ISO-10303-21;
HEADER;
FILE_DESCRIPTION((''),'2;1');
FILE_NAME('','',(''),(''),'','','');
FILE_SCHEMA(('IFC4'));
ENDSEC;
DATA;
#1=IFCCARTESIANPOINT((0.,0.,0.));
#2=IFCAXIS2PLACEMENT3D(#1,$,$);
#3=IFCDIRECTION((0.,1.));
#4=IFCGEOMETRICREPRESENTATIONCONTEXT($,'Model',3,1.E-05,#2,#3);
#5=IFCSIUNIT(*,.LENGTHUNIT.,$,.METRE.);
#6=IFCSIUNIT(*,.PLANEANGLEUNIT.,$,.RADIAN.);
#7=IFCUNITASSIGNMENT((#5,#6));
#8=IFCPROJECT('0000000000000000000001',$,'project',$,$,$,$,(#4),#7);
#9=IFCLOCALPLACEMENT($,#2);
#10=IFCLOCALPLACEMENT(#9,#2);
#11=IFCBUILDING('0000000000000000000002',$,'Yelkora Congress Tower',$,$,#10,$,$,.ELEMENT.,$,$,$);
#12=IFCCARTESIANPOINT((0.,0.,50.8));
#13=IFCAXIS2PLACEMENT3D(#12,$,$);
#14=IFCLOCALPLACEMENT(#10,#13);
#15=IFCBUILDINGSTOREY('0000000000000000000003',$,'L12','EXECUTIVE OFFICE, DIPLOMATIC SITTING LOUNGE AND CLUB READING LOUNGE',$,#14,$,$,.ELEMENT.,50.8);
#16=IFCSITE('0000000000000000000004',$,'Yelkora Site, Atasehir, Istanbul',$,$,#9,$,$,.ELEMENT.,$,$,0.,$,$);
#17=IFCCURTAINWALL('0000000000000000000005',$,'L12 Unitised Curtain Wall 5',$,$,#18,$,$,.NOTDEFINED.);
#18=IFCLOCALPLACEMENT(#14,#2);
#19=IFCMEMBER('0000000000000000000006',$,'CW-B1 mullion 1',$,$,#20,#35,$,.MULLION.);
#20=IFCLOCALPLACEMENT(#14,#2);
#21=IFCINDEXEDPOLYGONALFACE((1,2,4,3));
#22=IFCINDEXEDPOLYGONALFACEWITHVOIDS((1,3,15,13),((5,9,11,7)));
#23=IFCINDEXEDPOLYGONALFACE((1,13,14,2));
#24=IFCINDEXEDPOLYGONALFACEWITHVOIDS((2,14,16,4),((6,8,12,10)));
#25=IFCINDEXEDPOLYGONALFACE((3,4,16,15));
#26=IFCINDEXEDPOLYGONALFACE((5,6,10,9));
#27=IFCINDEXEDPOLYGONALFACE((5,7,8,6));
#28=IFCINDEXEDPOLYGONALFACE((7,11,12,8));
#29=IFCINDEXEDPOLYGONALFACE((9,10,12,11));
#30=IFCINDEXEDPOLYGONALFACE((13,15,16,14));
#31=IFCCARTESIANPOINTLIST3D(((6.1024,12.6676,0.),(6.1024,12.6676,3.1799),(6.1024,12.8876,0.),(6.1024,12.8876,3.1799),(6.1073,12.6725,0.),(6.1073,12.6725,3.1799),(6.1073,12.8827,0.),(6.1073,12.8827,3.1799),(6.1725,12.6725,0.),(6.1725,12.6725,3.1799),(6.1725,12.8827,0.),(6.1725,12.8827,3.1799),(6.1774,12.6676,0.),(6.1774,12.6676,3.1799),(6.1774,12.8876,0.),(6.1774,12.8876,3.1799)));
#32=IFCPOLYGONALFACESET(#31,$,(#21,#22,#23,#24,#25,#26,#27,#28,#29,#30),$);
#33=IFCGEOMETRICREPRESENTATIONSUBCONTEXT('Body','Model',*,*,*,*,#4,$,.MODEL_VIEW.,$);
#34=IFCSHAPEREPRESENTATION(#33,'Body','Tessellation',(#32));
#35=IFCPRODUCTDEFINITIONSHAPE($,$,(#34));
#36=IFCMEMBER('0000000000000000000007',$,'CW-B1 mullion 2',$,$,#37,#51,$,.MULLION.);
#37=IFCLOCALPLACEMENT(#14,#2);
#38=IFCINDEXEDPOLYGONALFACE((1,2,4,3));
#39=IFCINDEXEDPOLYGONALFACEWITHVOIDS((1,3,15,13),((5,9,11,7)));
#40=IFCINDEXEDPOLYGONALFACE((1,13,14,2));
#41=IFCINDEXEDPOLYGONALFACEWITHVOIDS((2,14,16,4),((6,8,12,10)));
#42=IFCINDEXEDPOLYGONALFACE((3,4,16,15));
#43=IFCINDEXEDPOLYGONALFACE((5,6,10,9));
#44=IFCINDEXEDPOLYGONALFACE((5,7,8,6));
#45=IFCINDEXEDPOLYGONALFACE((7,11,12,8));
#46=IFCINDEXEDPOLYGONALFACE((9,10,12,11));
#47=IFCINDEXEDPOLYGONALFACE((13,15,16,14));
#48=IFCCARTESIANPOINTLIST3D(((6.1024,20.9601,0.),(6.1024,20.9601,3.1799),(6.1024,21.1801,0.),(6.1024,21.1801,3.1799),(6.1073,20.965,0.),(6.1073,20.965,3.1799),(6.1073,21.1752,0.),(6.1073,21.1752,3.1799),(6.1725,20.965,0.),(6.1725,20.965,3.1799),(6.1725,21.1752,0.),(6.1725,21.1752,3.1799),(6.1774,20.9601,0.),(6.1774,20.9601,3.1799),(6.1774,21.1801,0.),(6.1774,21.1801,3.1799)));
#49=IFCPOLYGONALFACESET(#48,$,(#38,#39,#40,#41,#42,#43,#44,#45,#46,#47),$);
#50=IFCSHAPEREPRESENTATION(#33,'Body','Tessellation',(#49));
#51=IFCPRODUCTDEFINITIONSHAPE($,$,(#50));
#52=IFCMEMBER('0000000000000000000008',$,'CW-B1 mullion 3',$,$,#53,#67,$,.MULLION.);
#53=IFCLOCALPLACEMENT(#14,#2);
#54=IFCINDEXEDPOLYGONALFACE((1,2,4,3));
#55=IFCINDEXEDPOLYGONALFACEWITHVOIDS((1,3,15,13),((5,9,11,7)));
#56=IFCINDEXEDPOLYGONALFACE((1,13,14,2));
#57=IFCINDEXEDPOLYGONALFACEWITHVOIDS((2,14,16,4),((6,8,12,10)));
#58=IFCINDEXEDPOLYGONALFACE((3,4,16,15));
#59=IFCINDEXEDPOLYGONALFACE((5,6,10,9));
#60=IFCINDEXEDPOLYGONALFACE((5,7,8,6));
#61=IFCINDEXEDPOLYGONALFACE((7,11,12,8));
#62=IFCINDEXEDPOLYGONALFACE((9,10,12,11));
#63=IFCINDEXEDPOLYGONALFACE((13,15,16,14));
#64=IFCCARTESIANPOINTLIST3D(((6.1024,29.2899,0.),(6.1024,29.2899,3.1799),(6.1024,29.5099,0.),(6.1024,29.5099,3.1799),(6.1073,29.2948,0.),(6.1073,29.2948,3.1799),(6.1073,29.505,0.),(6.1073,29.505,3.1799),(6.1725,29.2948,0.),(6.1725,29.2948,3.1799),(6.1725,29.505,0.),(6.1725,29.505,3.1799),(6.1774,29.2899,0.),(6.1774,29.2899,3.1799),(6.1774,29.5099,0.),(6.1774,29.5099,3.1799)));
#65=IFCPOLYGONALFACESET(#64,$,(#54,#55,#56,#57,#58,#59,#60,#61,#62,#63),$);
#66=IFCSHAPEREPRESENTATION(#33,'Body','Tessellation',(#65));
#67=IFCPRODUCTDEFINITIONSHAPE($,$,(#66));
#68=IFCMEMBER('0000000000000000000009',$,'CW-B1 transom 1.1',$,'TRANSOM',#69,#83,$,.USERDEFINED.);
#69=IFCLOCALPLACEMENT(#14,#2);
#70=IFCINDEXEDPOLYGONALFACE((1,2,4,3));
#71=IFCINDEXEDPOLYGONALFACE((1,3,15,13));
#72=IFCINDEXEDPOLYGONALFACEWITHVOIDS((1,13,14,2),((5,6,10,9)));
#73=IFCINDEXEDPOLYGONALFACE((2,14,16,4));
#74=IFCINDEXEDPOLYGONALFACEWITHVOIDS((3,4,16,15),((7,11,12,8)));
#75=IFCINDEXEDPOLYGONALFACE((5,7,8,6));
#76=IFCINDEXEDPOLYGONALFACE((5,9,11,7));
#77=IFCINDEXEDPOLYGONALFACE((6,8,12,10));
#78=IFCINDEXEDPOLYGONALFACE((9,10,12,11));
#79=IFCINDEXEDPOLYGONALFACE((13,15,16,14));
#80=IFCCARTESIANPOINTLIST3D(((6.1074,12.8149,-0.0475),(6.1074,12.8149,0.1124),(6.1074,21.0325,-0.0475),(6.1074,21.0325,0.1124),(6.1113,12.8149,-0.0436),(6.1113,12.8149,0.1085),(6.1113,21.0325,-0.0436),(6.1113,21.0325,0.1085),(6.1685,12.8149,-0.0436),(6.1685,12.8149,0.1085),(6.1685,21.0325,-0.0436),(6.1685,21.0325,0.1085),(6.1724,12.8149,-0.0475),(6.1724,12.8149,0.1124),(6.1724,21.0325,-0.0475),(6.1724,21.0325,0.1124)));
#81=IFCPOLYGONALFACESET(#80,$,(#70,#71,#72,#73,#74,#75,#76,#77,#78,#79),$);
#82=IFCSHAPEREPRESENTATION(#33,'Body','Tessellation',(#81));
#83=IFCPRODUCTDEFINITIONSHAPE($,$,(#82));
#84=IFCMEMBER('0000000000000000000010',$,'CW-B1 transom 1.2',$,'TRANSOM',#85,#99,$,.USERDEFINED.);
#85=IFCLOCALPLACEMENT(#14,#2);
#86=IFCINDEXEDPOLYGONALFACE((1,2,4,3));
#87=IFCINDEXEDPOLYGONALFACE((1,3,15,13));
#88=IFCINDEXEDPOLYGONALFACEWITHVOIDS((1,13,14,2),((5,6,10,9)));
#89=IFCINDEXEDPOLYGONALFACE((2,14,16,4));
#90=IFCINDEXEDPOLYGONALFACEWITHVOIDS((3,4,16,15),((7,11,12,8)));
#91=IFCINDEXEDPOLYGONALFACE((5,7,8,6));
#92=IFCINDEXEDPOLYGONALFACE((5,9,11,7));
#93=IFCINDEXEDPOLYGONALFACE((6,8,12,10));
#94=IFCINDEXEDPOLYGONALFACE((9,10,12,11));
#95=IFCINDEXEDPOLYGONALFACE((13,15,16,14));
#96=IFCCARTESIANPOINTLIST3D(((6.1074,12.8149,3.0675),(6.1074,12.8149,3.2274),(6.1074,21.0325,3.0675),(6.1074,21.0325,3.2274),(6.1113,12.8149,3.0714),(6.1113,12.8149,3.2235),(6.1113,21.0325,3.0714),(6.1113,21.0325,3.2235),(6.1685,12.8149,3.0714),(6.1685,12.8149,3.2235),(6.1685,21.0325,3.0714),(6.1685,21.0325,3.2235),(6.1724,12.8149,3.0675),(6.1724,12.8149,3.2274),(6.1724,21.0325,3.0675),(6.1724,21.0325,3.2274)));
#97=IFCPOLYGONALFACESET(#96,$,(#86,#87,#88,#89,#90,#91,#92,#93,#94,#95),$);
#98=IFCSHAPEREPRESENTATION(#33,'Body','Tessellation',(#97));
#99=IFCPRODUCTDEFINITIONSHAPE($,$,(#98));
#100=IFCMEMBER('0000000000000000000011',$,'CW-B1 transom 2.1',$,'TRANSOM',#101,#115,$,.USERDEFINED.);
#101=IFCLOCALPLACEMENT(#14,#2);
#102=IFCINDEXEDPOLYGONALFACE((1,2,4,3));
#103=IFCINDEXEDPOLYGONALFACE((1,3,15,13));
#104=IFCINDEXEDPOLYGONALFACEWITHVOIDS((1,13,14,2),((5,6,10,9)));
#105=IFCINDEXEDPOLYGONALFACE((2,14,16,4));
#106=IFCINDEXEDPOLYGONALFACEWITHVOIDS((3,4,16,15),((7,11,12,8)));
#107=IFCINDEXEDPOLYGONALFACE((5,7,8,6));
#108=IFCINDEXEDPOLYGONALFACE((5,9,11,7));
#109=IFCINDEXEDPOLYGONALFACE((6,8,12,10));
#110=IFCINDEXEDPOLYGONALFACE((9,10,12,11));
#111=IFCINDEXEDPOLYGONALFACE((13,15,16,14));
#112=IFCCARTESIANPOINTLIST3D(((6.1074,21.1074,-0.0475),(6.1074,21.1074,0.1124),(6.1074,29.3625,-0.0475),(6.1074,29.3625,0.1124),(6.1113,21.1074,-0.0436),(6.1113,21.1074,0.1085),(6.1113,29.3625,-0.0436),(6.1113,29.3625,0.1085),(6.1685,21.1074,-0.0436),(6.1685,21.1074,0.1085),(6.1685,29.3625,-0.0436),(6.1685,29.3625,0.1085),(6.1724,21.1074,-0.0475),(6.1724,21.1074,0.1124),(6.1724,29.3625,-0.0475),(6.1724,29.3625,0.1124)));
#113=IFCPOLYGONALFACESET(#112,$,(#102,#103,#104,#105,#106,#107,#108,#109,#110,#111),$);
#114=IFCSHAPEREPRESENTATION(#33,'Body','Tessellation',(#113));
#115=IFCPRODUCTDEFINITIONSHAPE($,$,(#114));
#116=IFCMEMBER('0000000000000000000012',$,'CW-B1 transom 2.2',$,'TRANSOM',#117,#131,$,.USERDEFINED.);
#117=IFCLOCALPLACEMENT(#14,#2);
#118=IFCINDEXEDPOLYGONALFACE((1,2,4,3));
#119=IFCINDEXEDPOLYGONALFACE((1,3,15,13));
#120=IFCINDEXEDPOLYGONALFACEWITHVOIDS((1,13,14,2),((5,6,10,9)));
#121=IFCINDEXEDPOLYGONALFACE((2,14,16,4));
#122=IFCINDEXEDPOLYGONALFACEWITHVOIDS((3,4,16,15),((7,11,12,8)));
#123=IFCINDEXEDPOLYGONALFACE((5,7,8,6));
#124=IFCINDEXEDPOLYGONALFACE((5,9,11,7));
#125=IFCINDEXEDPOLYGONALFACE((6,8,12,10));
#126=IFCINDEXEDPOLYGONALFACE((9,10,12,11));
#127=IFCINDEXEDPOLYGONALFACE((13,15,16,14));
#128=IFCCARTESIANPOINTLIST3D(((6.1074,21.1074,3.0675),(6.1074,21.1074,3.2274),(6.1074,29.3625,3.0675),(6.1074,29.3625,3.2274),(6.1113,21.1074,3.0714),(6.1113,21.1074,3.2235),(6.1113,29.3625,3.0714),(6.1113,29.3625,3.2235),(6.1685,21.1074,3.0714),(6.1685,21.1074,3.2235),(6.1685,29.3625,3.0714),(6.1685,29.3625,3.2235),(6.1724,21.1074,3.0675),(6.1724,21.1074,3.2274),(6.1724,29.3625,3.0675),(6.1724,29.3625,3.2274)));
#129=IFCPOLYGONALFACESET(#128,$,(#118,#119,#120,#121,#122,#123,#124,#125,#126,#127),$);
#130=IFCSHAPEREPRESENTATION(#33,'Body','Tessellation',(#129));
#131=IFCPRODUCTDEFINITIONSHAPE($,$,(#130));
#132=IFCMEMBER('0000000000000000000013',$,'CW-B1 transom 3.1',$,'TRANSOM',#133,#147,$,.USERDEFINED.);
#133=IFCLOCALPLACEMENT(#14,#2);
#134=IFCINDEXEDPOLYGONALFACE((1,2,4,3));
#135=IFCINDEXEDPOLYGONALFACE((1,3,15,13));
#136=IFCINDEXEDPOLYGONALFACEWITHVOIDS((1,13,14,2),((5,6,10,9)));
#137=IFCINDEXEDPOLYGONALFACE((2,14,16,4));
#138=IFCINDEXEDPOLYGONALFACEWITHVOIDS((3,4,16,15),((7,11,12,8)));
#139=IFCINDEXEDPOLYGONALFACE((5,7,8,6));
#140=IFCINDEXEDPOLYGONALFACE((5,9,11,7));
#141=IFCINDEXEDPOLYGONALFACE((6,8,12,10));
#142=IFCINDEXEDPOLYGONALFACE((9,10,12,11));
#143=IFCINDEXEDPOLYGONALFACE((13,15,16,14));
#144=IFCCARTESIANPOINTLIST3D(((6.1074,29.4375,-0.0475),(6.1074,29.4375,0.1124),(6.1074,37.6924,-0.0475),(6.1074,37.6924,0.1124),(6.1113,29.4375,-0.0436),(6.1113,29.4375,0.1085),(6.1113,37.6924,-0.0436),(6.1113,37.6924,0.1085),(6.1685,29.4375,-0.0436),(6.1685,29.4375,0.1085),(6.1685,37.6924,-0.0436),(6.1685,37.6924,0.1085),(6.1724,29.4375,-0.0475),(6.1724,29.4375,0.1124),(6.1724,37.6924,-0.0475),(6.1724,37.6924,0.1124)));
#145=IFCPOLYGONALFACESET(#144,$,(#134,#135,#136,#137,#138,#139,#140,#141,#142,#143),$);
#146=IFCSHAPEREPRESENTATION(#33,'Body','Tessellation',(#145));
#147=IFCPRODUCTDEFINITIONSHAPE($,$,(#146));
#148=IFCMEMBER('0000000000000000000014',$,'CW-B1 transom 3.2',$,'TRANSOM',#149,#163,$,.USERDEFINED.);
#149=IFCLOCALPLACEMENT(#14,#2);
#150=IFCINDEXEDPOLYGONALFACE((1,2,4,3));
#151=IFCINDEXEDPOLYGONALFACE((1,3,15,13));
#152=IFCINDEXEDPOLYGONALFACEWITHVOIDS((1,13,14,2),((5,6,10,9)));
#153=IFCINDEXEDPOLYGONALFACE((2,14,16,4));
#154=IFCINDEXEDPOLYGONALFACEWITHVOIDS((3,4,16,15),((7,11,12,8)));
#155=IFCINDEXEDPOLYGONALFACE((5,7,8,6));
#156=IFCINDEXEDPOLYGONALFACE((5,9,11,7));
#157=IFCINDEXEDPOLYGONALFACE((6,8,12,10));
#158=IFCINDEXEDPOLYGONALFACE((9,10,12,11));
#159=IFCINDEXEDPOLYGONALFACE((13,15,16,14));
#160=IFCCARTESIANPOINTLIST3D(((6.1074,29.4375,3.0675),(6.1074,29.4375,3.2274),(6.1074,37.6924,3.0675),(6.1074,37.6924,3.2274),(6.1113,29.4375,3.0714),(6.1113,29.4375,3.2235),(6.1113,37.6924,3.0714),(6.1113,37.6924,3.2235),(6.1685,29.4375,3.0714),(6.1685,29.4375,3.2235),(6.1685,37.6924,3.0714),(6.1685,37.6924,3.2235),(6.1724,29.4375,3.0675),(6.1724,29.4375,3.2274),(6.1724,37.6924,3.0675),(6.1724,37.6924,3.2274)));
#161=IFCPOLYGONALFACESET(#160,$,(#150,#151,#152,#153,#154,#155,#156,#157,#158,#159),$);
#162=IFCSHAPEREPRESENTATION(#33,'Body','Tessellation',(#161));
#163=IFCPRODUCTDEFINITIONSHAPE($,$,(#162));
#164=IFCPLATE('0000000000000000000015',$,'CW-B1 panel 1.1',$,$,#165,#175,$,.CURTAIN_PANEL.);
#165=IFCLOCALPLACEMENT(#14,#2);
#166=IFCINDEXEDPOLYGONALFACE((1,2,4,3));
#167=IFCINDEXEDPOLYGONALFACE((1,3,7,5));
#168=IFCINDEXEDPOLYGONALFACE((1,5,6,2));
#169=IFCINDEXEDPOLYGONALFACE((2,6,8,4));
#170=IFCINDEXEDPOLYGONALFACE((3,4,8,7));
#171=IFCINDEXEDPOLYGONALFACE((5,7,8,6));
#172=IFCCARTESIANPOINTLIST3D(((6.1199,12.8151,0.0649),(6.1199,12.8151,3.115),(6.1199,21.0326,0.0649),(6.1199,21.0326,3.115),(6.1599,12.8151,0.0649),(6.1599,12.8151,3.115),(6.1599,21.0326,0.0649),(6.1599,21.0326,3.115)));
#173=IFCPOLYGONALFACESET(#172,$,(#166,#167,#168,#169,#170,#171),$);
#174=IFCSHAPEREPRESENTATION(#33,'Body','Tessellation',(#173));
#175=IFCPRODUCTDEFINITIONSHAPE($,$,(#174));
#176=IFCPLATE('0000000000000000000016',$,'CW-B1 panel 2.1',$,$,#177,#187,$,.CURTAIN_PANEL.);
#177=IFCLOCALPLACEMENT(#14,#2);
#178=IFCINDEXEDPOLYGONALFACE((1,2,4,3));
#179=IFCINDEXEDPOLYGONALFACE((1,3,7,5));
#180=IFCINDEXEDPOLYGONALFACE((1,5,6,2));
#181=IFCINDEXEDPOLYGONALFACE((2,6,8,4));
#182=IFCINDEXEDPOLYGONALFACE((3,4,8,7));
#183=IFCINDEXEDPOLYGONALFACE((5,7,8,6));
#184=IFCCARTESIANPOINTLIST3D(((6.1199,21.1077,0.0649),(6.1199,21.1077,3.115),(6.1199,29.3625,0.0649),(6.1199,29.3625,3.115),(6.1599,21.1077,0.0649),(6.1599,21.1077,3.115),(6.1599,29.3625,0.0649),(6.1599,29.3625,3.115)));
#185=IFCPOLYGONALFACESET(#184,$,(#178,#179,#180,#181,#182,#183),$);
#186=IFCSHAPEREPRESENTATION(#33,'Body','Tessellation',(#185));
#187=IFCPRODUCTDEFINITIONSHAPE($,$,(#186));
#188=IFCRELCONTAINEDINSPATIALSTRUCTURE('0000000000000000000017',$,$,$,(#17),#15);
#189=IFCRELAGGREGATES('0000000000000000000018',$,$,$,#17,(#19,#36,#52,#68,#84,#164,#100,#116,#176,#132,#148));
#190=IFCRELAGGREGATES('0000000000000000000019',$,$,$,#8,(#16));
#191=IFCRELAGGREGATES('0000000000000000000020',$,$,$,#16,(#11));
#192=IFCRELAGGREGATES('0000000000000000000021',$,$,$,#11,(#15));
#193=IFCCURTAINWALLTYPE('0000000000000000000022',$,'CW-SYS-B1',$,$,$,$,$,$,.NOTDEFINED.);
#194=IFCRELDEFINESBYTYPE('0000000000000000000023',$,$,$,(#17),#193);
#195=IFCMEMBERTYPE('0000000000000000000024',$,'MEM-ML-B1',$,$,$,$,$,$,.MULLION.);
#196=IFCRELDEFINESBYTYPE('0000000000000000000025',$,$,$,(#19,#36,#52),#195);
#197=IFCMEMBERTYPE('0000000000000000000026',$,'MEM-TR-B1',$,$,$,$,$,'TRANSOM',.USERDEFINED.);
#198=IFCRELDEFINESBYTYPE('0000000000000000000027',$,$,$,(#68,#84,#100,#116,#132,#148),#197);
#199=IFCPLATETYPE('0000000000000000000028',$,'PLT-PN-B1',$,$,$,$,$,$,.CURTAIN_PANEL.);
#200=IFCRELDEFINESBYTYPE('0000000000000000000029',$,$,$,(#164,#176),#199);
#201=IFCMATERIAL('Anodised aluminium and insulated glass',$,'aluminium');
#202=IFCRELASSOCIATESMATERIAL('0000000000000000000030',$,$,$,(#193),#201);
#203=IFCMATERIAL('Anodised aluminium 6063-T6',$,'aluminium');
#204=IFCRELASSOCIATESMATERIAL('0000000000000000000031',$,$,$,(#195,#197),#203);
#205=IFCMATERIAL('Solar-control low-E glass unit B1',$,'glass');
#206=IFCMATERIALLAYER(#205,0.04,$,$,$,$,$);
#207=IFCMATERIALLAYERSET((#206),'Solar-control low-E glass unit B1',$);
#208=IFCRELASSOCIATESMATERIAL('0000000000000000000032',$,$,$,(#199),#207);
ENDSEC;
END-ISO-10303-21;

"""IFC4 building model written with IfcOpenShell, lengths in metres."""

from ifc_helpers import new_model, si_unit, direction, frame, origin, origin_2d, place, context, subcontext, project, spatial, rectangle, hollow_rectangle, extrude, material, layer, layer_set, material_profile, profile_set, type_object, element, aggregate, save


model = new_model("IFC4")

# Units and contexts
model_context = context("Model", 3, precision=1e-05, world=origin(), true_north=direction((0.0, 1.0)))
body_context = subcontext(model_context, "Body", "Model", "MODEL_VIEW")
ifc_project = project(units=[si_unit("LENGTHUNIT", "METRE"), si_unit("PLANEANGLEUNIT", "RADIAN")], contexts=[model_context])

# Site, building, storey
site_placement = place(None, origin())
site = spatial("IfcSite", under=ifc_project, at=site_placement, Name="Yelkora Site, Atasehir, Istanbul", CompositionType="ELEMENT", RefElevation=0.0)
building_placement = place(site_placement, origin())
building = spatial("IfcBuilding", under=site, at=building_placement, Name="Yelkora Congress Tower", CompositionType="ELEMENT")
storey_placement = place(building_placement, frame((0.0, 0.0, 50.8)))
storey = spatial("IfcBuildingStorey", under=building, at=storey_placement, Name="L12", Description="EXECUTIVE OFFICE, DIPLOMATIC SITTING LOUNGE AND CLUB READING LOUNGE", CompositionType="ELEMENT", Elevation=50.8)

# Curtain wall, members, plates
ifc_material_1 = material(Name="Anodised aluminium and insulated glass", Category="aluminium")
curtain_wall_type = type_object("IfcCurtainWallType", Name="CW-SYS-B1", PredefinedType="NOTDEFINED", material=ifc_material_1)
curtain_wall_placement = place(storey_placement, origin())
curtain_wall = element("IfcCurtainWall", 1, at=curtain_wall_placement, inside=storey, type_object=curtain_wall_type, Name="L12 Unitised Curtain Wall 5", PredefinedType="NOTDEFINED")
ifc_material_2 = material(Name="Anodised aluminium 6063-T6", Category="aluminium")
ifc_material_profile_1 = material_profile(ifc_material_2, hollow_rectangle(XDim=0.075, YDim=0.22, WallThickness=0.0049, at=origin_2d()), Name="ALU 75x220x5")
ifc_profile_set_1 = profile_set([ifc_material_profile_1], Name="Anodised aluminium 6063-T6")
member_type_1 = type_object("IfcMemberType", Name="MEM-ML-B1", PredefinedType="MULLION", material=ifc_profile_set_1)
member_1_placement = place(storey_placement, frame((6.1399, 12.7776, 0.0), z_axis=(0.0, 0.0, 1.0), x_axis=(-1.0, 0.0, 0.0)))
member_1 = element("IfcMember", 2, at=member_1_placement, type_object=member_type_1, Name="CW-B1 mullion 1", PredefinedType="MULLION", context=body_context, shape_type="SweptSolid", body=[
    extrude(hollow_rectangle(XDim=0.075, YDim=0.22, WallThickness=0.0049, at=origin_2d()), origin(), (0.0, 0.0, 1.0), 3.1799),
])
member_2_placement = place(storey_placement, frame((6.1399, 21.0701, 0.0), z_axis=(0.0, 0.0, 1.0), x_axis=(-1.0, 0.0, 0.0)))
member_2 = element("IfcMember", 3, at=member_2_placement, type_object=member_type_1, Name="CW-B1 mullion 2", PredefinedType="MULLION", context=body_context, shape_type="SweptSolid", body=[
    extrude(hollow_rectangle(XDim=0.075, YDim=0.22, WallThickness=0.0049, at=origin_2d()), origin(), (0.0, 0.0, 1.0), 3.1799),
])
member_3_placement = place(storey_placement, frame((6.1399, 29.3999, 0.0), z_axis=(0.0, 0.0, 1.0), x_axis=(-1.0, 0.0, 0.0)))
member_3 = element("IfcMember", 4, at=member_3_placement, type_object=member_type_1, Name="CW-B1 mullion 3", PredefinedType="MULLION", context=body_context, shape_type="SweptSolid", body=[
    extrude(hollow_rectangle(XDim=0.075, YDim=0.22, WallThickness=0.0049, at=origin_2d()), origin(), (0.0, 0.0, 1.0), 3.1799),
])
ifc_material_profile_2 = material_profile(ifc_material_2, hollow_rectangle(XDim=0.0649, YDim=0.1599, WallThickness=0.0039, at=origin_2d()), Name="ALU 65x160x4")
ifc_profile_set_2 = profile_set([ifc_material_profile_2], Name="Anodised aluminium 6063-T6")
member_type_2 = type_object("IfcMemberType", Name="MEM-TR-B1", ElementType="TRANSOM", PredefinedType="USERDEFINED", material=ifc_profile_set_2)
member_4_placement = place(storey_placement, frame((6.1399, 12.8149, 0.0325), z_axis=(0.0, 1.0, 0.0), x_axis=(-1.0, 0.0, 0.0)))
member_4 = element("IfcMember", 5, at=member_4_placement, type_object=member_type_2, Name="CW-B1 transom 1.1", ObjectType="TRANSOM", PredefinedType="USERDEFINED", context=body_context, shape_type="SweptSolid", body=[
    extrude(hollow_rectangle(XDim=0.0649, YDim=0.1599, WallThickness=0.0039, at=origin_2d()), origin(), (0.0, 0.0, 1.0), 8.2175),
])
member_5_placement = place(storey_placement, frame((6.1399, 12.8149, 3.1475), z_axis=(0.0, 1.0, 0.0), x_axis=(-1.0, 0.0, 0.0)))
member_5 = element("IfcMember", 6, at=member_5_placement, type_object=member_type_2, Name="CW-B1 transom 1.2", ObjectType="TRANSOM", PredefinedType="USERDEFINED", context=body_context, shape_type="SweptSolid", body=[
    extrude(hollow_rectangle(XDim=0.0649, YDim=0.1599, WallThickness=0.0039, at=origin_2d()), origin(), (0.0, 0.0, 1.0), 8.2175),
])
member_6_placement = place(storey_placement, frame((6.1399, 21.1074, 0.0325), z_axis=(0.0, 1.0, 0.0), x_axis=(-1.0, 0.0, 0.0)))
member_6 = element("IfcMember", 7, at=member_6_placement, type_object=member_type_2, Name="CW-B1 transom 2.1", ObjectType="TRANSOM", PredefinedType="USERDEFINED", context=body_context, shape_type="SweptSolid", body=[
    extrude(hollow_rectangle(XDim=0.0649, YDim=0.1599, WallThickness=0.0039, at=origin_2d()), origin(), (0.0, 0.0, 1.0), 8.2551),
])
member_7_placement = place(storey_placement, frame((6.1399, 21.1074, 3.1475), z_axis=(0.0, 1.0, 0.0), x_axis=(-1.0, 0.0, 0.0)))
member_7 = element("IfcMember", 8, at=member_7_placement, type_object=member_type_2, Name="CW-B1 transom 2.2", ObjectType="TRANSOM", PredefinedType="USERDEFINED", context=body_context, shape_type="SweptSolid", body=[
    extrude(hollow_rectangle(XDim=0.0649, YDim=0.1599, WallThickness=0.0039, at=origin_2d()), origin(), (0.0, 0.0, 1.0), 8.2551),
])
member_8_placement = place(storey_placement, frame((6.1399, 29.4375, 0.0325), z_axis=(0.0, 1.0, 0.0), x_axis=(-1.0, 0.0, 0.0)))
member_8 = element("IfcMember", 9, at=member_8_placement, type_object=member_type_2, Name="CW-B1 transom 3.1", ObjectType="TRANSOM", PredefinedType="USERDEFINED", context=body_context, shape_type="SweptSolid", body=[
    extrude(hollow_rectangle(XDim=0.0649, YDim=0.1599, WallThickness=0.0039, at=origin_2d()), origin(), (0.0, 0.0, 1.0), 8.2549),
])
member_9_placement = place(storey_placement, frame((6.1399, 29.4375, 3.1475), z_axis=(0.0, 1.0, 0.0), x_axis=(-1.0, 0.0, 0.0)))
member_9 = element("IfcMember", 10, at=member_9_placement, type_object=member_type_2, Name="CW-B1 transom 3.2", ObjectType="TRANSOM", PredefinedType="USERDEFINED", context=body_context, shape_type="SweptSolid", body=[
    extrude(hollow_rectangle(XDim=0.0649, YDim=0.1599, WallThickness=0.0039, at=origin_2d()), origin(), (0.0, 0.0, 1.0), 8.2549),
])
ifc_material_3 = material(Name="Solar-control low-E glass unit B1", Category="glass")
ifc_layer_1 = layer(ifc_material_3, 0.04)
ifc_layer_set_1 = layer_set([ifc_layer_1], Name="Solar-control low-E glass unit B1")
plate_type = type_object("IfcPlateType", Name="PLT-PN-B1", PredefinedType="CURTAIN_PANEL", material=ifc_layer_set_1)
plate_1_placement = place(storey_placement, frame((6.1399, 16.9238, 0.0649), z_axis=(0.0, 0.0, 1.0), x_axis=(0.0, 1.0, 0.0)))
plate_1 = element("IfcPlate", 11, at=plate_1_placement, type_object=plate_type, Name="CW-B1 panel 1.1", PredefinedType="CURTAIN_PANEL", context=body_context, shape_type="SweptSolid", body=[
    extrude(rectangle(XDim=8.2175, YDim=0.04, at=origin_2d()), origin(), (0.0, 0.0, 1.0), 3.05),
])
plate_2_placement = place(storey_placement, frame((6.1399, 25.2351, 0.0649), z_axis=(0.0, 0.0, 1.0), x_axis=(0.0, 1.0, 0.0)))
plate_2 = element("IfcPlate", 12, at=plate_2_placement, type_object=plate_type, Name="CW-B1 panel 2.1", PredefinedType="CURTAIN_PANEL", context=body_context, shape_type="SweptSolid", body=[
    extrude(rectangle(XDim=8.2549, YDim=0.04, at=origin_2d()), origin(), (0.0, 0.0, 1.0), 3.05),
])
aggregate(curtain_wall, [member_1, member_2, member_3, member_4, member_5, plate_1, member_6, member_7, plate_2, member_8, member_9])

save(model, "model.ifc")
